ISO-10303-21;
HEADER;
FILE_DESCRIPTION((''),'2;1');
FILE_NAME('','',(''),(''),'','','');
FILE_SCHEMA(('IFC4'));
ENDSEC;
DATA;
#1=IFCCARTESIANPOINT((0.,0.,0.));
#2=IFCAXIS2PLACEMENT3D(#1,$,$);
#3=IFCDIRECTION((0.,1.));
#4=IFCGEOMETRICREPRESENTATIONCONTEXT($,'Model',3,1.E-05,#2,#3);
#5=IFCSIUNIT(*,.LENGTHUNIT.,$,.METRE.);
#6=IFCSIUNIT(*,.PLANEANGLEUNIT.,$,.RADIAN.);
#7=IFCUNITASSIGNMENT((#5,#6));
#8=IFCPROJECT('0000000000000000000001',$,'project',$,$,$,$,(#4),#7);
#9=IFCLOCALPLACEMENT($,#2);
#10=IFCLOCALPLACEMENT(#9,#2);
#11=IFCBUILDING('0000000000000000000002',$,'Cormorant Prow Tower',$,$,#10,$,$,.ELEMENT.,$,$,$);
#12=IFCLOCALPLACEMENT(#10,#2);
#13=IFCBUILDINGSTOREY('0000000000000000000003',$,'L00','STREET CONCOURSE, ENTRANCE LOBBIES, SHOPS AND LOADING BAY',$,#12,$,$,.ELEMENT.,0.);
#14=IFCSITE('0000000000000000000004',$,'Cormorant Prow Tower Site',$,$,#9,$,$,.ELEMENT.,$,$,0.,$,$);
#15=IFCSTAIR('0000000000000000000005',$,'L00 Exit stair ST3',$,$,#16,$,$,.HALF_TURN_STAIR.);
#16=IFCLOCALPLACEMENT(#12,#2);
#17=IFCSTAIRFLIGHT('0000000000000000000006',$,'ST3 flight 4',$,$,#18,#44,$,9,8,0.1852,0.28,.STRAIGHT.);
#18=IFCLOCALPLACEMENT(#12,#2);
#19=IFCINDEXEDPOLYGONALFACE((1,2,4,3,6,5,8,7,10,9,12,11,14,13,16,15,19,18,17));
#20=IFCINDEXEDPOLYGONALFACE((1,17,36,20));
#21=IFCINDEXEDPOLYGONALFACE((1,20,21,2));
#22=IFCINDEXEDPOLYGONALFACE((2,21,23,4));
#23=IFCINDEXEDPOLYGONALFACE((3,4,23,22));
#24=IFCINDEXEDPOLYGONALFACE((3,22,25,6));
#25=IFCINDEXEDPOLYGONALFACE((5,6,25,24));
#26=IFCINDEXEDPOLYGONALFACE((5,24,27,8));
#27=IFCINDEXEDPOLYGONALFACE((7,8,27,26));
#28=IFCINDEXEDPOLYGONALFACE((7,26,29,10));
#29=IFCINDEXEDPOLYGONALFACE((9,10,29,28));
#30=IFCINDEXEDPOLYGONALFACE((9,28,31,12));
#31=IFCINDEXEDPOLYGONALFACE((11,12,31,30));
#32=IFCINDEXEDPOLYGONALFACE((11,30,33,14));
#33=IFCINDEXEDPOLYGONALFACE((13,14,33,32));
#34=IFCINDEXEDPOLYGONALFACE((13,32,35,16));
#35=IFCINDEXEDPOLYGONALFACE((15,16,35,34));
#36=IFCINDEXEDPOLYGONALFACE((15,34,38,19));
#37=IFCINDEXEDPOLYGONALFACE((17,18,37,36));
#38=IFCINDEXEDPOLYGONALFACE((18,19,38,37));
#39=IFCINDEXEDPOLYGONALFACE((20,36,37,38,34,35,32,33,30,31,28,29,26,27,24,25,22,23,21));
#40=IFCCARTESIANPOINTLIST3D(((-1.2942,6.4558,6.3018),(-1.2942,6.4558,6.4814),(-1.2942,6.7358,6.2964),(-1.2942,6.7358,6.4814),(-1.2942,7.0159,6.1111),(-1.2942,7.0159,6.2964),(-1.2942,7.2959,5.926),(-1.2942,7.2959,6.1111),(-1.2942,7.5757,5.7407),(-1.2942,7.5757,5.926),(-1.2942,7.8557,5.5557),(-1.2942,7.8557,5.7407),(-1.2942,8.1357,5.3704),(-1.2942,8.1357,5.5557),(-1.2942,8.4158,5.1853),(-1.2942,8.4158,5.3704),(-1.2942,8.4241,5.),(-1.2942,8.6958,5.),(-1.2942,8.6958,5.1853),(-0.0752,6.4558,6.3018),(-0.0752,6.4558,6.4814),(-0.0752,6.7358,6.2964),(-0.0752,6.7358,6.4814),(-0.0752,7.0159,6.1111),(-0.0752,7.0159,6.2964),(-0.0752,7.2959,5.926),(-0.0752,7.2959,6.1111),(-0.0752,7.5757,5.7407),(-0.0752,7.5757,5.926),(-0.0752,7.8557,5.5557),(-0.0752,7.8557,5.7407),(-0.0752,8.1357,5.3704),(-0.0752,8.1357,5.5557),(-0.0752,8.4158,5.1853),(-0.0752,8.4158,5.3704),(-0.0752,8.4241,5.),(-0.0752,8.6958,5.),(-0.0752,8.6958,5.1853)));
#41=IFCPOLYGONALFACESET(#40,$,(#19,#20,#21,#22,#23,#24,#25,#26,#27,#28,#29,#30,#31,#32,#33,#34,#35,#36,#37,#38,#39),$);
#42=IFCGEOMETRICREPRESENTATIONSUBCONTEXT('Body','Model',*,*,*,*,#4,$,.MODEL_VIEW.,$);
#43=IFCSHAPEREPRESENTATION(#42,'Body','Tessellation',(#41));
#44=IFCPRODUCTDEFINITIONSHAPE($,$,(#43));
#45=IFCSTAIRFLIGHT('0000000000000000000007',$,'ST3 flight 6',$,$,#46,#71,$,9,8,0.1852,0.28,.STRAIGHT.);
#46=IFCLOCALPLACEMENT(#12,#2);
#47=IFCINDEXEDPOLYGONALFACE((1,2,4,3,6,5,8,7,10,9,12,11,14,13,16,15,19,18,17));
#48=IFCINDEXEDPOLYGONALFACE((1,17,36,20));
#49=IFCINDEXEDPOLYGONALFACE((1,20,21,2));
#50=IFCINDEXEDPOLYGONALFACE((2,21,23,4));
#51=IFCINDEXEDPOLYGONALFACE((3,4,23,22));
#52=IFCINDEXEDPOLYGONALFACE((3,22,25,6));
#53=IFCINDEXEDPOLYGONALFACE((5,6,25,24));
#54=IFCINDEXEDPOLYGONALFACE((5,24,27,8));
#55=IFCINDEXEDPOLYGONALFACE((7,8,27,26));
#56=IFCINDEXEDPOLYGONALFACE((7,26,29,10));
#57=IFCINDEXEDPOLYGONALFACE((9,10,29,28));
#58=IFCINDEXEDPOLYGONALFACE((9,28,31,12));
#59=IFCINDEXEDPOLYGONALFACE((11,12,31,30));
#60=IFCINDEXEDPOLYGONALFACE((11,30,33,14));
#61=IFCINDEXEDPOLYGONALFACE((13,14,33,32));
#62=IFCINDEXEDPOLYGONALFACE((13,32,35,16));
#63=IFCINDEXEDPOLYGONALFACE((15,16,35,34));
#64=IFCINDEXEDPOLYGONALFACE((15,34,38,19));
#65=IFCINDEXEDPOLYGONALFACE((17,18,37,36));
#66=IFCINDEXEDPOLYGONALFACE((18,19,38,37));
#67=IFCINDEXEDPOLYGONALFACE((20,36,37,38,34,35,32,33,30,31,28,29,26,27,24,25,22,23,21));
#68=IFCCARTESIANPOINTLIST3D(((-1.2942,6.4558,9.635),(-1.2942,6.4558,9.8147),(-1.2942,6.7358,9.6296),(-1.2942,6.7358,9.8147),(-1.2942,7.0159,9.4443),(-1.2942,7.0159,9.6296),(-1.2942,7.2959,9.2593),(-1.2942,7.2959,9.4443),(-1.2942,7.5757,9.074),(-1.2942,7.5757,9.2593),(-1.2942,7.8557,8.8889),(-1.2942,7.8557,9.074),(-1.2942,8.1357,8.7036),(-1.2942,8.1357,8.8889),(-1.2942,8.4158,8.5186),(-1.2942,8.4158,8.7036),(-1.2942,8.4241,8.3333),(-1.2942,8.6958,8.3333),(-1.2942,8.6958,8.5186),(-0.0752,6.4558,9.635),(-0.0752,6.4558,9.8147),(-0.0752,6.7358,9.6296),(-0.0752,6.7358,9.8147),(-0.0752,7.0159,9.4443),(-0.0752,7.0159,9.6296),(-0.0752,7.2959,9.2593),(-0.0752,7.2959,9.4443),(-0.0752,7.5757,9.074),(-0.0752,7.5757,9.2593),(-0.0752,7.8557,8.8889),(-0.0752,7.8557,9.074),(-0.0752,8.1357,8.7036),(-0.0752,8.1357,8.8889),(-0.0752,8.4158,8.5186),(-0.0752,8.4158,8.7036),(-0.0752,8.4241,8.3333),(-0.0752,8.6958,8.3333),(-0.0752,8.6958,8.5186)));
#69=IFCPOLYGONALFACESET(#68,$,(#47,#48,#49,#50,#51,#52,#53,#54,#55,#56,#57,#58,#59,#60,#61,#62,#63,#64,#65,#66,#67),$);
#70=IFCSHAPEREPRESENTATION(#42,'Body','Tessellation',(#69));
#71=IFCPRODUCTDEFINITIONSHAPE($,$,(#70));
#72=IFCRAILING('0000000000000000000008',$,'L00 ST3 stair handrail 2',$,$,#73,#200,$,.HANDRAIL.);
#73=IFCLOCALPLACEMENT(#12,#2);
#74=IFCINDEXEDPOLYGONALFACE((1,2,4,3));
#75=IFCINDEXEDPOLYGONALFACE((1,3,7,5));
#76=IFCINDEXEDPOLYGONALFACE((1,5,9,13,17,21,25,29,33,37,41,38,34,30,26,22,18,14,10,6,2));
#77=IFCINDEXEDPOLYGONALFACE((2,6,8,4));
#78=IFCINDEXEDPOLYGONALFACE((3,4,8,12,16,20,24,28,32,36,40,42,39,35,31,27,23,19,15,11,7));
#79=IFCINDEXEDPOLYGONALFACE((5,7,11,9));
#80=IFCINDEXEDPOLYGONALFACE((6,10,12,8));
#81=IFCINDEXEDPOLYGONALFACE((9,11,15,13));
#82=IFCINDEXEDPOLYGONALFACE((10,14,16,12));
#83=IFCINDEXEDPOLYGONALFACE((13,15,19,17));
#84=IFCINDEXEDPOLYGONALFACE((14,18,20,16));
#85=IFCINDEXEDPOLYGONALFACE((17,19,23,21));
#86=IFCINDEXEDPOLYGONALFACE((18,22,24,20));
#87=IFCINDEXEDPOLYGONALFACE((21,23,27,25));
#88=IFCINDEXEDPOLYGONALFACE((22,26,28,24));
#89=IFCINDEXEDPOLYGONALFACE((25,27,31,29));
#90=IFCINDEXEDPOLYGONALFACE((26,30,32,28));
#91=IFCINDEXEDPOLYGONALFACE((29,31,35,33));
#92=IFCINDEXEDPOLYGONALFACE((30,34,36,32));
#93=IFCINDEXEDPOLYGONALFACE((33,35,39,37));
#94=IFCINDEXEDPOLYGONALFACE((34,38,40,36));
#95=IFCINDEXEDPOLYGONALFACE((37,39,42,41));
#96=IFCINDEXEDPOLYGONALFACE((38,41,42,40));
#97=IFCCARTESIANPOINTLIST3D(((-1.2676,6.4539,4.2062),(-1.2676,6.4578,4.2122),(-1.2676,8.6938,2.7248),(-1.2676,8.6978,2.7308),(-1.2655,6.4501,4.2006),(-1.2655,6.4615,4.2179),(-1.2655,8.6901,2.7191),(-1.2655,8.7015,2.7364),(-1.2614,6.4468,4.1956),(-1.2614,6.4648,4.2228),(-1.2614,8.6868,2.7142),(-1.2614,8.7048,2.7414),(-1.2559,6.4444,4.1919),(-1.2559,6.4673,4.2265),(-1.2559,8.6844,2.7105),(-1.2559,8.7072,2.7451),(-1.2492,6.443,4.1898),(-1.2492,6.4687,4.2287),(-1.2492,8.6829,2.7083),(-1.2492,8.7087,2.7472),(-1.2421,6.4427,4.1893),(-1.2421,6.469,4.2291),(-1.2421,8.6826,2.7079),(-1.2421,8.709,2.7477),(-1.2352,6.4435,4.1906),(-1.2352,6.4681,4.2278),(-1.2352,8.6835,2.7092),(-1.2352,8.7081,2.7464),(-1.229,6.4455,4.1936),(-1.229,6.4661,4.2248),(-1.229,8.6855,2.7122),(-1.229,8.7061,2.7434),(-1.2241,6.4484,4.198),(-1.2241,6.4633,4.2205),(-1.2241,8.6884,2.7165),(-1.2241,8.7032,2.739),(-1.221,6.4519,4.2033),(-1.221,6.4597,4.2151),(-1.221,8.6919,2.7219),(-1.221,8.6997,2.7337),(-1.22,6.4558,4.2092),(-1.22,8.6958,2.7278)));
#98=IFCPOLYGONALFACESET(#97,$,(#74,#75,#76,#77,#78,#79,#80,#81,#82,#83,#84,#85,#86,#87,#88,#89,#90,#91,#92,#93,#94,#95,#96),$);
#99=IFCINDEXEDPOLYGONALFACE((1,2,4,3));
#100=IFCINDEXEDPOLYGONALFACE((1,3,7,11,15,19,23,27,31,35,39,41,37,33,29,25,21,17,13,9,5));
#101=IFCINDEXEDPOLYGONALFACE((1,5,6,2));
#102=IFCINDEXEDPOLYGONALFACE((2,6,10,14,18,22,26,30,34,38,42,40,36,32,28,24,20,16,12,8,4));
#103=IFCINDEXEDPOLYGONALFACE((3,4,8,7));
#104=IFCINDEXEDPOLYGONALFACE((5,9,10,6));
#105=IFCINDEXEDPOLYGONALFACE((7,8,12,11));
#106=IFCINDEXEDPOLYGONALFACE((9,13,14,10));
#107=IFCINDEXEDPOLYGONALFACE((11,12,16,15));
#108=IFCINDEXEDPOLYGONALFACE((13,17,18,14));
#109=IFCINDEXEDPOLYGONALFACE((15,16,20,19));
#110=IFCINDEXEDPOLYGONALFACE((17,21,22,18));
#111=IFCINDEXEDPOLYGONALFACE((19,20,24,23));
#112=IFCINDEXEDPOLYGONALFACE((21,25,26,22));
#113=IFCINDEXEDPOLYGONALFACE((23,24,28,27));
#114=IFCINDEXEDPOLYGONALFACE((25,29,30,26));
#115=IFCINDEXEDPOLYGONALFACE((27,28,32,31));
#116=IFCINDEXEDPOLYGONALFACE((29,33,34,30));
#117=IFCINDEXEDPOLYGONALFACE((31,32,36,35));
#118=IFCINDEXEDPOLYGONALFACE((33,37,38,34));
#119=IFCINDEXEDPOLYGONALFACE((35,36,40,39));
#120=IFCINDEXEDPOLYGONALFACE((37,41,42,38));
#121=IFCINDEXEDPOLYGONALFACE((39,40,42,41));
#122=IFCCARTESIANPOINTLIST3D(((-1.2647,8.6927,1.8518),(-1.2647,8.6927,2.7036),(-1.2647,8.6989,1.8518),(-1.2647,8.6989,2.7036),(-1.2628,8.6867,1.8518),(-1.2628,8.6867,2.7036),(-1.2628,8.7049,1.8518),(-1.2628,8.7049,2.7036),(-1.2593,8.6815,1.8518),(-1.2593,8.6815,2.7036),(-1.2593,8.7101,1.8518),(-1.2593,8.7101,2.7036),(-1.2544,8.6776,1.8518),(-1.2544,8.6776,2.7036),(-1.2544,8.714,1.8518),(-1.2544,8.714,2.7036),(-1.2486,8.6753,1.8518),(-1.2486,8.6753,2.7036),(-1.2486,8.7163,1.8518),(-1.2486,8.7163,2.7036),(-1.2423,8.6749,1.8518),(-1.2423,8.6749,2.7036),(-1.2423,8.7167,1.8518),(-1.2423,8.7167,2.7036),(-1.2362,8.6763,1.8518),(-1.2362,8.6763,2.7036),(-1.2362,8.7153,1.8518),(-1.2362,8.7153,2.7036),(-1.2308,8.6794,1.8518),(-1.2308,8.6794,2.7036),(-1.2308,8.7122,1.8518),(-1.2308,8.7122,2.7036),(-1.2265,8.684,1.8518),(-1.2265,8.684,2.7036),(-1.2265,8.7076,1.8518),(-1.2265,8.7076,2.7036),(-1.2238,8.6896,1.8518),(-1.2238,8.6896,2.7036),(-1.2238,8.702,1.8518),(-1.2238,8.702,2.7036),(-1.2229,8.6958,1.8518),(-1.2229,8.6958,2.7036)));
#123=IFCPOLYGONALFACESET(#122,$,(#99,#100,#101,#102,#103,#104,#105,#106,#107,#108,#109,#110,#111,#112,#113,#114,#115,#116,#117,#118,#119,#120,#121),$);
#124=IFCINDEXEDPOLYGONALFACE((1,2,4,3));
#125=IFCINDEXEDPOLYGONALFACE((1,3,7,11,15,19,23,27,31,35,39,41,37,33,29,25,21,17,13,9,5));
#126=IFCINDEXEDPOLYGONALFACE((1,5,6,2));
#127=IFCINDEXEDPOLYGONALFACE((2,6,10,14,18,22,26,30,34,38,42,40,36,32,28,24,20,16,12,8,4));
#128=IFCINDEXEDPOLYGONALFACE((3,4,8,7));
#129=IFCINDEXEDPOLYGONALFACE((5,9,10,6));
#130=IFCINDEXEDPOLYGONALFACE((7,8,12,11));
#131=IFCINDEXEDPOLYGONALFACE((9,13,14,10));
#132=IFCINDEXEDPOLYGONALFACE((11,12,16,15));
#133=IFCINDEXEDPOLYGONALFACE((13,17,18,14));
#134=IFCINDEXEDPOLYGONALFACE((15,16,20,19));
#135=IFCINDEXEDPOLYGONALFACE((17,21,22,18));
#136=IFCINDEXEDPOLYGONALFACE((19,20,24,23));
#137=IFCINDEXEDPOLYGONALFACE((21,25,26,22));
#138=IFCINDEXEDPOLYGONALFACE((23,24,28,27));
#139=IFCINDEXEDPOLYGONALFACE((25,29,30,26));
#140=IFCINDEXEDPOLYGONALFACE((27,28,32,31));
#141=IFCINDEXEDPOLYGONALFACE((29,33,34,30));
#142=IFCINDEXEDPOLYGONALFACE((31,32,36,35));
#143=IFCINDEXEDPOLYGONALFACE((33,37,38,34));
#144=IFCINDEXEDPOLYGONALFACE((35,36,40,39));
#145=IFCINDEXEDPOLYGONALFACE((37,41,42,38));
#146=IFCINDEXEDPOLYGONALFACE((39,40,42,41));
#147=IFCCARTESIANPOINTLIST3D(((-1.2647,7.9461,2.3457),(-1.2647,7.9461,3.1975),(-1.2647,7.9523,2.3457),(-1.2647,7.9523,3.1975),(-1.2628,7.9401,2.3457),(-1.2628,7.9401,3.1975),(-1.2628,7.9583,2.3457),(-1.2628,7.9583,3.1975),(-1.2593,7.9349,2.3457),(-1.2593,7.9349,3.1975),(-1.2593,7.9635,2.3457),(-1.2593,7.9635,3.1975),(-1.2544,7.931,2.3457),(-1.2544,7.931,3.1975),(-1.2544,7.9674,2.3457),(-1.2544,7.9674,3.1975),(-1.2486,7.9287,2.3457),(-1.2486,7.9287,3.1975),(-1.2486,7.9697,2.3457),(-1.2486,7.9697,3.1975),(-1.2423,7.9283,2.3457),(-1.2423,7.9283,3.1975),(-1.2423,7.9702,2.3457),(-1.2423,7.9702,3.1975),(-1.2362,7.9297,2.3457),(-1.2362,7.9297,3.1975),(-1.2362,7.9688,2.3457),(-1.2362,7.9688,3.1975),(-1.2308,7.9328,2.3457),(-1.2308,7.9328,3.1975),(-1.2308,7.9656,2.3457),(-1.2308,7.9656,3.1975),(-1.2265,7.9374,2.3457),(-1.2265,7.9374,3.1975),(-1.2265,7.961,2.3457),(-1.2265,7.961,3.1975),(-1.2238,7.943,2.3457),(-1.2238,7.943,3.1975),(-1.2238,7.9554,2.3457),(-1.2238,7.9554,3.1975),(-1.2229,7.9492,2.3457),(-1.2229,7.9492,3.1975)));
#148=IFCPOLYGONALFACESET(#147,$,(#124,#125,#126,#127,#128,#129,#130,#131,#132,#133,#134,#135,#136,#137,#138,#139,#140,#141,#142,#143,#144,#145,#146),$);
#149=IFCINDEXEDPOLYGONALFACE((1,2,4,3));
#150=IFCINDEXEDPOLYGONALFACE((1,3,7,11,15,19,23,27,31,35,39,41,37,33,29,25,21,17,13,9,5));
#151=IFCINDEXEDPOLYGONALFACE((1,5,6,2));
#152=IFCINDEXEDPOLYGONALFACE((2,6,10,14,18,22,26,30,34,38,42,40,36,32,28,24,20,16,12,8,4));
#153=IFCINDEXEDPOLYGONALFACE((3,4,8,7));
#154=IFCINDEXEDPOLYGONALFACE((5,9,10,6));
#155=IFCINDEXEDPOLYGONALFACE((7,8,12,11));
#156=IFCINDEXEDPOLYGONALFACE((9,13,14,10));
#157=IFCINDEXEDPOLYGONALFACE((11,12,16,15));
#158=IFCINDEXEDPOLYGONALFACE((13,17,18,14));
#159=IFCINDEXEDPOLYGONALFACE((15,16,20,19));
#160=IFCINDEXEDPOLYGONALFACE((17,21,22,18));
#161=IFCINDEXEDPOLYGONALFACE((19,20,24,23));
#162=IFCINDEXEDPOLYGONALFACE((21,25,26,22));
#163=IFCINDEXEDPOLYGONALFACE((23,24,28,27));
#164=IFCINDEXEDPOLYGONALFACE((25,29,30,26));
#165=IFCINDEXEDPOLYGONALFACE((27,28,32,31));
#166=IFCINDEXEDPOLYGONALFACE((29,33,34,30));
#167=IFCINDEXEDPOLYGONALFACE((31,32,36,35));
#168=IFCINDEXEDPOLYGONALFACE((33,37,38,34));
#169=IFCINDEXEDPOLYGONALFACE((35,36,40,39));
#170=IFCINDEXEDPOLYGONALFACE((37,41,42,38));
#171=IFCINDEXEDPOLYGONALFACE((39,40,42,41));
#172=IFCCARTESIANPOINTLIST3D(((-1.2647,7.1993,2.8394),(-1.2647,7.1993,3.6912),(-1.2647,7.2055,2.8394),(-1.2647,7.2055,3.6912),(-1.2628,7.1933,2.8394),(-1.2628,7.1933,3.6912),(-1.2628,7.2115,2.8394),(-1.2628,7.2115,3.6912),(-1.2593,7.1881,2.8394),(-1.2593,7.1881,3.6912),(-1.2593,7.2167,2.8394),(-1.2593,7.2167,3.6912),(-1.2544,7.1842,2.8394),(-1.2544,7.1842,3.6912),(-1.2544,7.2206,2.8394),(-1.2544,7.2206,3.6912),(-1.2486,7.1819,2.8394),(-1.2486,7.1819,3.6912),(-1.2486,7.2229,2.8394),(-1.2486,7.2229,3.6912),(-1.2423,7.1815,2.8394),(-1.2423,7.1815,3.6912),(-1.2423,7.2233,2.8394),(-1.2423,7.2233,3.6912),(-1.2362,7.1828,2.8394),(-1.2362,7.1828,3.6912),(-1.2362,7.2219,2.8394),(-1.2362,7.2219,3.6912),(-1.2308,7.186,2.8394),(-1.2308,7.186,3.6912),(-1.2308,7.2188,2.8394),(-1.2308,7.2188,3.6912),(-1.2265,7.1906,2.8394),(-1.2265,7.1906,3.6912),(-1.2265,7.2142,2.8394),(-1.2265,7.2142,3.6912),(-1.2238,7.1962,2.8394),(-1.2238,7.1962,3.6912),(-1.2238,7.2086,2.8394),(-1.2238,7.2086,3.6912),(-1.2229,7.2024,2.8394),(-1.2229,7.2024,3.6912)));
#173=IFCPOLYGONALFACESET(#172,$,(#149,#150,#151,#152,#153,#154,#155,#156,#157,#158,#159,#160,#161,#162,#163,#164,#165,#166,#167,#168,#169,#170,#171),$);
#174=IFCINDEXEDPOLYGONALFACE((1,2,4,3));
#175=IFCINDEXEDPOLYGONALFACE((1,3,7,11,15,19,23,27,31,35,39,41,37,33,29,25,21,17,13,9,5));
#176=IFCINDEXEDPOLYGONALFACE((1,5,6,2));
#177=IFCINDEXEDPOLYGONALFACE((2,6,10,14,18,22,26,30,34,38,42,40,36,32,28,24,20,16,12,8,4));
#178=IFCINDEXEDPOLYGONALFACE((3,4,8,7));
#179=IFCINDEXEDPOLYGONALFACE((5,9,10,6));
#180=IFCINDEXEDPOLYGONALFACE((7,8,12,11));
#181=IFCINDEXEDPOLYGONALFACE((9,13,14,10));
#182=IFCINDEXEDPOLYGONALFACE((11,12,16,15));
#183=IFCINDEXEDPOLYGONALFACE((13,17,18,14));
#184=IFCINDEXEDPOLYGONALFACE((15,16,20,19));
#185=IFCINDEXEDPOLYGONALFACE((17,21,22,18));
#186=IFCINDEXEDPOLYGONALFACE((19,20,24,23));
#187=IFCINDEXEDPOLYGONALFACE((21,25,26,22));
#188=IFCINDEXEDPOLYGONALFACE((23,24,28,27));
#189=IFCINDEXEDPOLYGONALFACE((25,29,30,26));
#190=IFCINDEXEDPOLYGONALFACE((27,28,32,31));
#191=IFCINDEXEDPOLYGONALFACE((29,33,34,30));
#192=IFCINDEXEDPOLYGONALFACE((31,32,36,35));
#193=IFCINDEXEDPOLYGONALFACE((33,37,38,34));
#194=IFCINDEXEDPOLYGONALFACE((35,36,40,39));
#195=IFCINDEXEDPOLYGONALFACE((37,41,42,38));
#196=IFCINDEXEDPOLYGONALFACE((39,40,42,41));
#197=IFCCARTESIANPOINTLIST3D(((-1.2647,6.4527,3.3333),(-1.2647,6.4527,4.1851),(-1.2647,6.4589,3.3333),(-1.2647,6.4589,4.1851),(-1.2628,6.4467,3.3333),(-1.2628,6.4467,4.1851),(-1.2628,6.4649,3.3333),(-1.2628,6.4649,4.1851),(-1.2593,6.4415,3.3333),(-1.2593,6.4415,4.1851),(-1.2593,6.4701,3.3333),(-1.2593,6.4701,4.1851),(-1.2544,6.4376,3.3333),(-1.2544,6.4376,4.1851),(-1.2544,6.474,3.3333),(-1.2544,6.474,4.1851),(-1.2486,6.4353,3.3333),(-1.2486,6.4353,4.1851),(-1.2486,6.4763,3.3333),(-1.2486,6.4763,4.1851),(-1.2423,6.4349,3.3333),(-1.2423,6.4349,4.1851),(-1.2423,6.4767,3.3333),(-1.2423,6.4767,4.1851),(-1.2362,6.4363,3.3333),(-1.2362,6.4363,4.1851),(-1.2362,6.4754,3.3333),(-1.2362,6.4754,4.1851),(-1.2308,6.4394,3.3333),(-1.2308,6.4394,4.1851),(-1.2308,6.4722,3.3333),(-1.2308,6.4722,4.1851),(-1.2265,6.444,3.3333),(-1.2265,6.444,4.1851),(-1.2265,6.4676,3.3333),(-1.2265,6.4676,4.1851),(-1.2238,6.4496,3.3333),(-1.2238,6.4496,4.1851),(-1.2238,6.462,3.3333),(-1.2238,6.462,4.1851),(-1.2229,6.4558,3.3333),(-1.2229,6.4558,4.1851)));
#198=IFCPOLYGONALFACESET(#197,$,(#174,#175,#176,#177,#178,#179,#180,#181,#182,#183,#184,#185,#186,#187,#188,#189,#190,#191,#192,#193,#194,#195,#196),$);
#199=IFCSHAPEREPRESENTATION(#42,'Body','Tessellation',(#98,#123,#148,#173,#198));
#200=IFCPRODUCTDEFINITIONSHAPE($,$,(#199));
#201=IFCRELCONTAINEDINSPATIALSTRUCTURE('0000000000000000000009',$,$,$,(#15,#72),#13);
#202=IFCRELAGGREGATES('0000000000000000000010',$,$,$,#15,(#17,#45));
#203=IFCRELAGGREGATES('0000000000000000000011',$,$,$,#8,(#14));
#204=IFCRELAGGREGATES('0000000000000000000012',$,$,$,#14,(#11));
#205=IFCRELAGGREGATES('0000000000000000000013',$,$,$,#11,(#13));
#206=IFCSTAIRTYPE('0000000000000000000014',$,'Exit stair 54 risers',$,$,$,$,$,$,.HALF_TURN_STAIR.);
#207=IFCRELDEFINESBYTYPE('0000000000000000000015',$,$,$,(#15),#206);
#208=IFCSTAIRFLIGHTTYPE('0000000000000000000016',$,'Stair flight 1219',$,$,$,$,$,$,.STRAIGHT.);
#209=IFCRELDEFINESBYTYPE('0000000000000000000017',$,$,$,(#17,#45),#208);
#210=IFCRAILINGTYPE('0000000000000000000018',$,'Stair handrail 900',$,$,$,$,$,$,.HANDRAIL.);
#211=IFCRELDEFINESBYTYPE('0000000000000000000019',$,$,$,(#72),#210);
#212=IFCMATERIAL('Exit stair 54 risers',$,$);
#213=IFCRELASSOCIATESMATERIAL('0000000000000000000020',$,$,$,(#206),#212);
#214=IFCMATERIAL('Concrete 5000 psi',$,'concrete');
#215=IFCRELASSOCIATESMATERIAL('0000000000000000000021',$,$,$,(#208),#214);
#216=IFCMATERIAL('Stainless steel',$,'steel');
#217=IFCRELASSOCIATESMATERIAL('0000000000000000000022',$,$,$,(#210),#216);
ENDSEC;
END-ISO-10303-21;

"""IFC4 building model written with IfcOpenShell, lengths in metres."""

from ifc_helpers import new_model, si_unit, direction, frame, origin, origin_2d, place, context, subcontext, project, spatial, polyline, circle, outline, extrude, material, type_object, element, aggregate, save


model = new_model("IFC4")

# Units and contexts
model_context = context("Model", 3, precision=1e-05, world=origin(), true_north=direction((0.0, 1.0)))
body_context = subcontext(model_context, "Body", "Model", "MODEL_VIEW")
ifc_project = project(units=[si_unit("LENGTHUNIT", "METRE"), si_unit("PLANEANGLEUNIT", "RADIAN")], contexts=[model_context])

# Site, building, storey
site_placement = place(None, origin())
site = spatial("IfcSite", under=ifc_project, at=site_placement, Name="Cormorant Prow Tower Site", CompositionType="ELEMENT", RefElevation=0.0)
building_placement = place(site_placement, origin())
building = spatial("IfcBuilding", under=site, at=building_placement, Name="Cormorant Prow Tower", CompositionType="ELEMENT")
storey_placement = place(building_placement, origin())
storey = spatial("IfcBuildingStorey", under=building, at=storey_placement, Name="L00", Description="STREET CONCOURSE, ENTRANCE LOBBIES, SHOPS AND LOADING BAY", CompositionType="ELEMENT", Elevation=0.0)

# Stair, stair flights
ifc_material_1 = material(Name="Exit stair 54 risers")
stair_type = type_object("IfcStairType", Name="Exit stair 54 risers", PredefinedType="HALF_TURN_STAIR", material=ifc_material_1)
stair_placement = place(storey_placement, origin())
stair = element("IfcStair", 1, at=stair_placement, inside=storey, type_object=stair_type, Name="L00 Exit stair ST3", PredefinedType="HALF_TURN_STAIR")
ifc_material_2 = material(Name="Concrete 5000 psi", Category="concrete")
stair_flight_type = type_object("IfcStairFlightType", Name="Stair flight 1219", PredefinedType="STRAIGHT", material=ifc_material_2)
stair_flight_1_placement = place(storey_placement, frame((-0.6846, 8.6958, 5.0), z_axis=(0.0, 0.0, 1.0), x_axis=(0.0, -1.0, 0.0)))
stair_flight_1 = element("IfcStairFlight", 2, at=stair_flight_1_placement, type_object=stair_flight_type, Name="ST3 flight 4", NumberOfRisers=9, NumberOfTreads=8, PredefinedType="STRAIGHT", RiserHeight=0.1852, TreadLength=0.28, context=body_context, shape_type="SweptSolid", body=[
    extrude(outline(polyline([(0.0, 0.0), (0.0, 0.1853), (0.28, 0.1853), (0.28, 0.3704), (0.5601, 0.3704), (0.5601, 0.5557), (0.8401, 0.5557), (0.8401, 0.7407), (1.1201, 0.7407), (1.1201, 0.926), (1.3999, 0.926), (1.3999, 1.1111), (1.6799, 1.1111), (1.6799, 1.2964), (1.96, 1.2964), (1.96, 1.4814), (2.24, 1.4814), (2.24, 1.6667), (2.24, 1.3018), (0.2717, 0.0), (0.0, 0.0)])), frame((0.0, 0.6094, 0.0), z_axis=(0.0, -1.0, 0.0), x_axis=(1.0, 0.0, 0.0)), (0.0, 0.0, 1.0), 1.219),
])
stair_flight_2_placement = place(storey_placement, frame((-0.6846, 8.6958, 8.3333), z_axis=(0.0, 0.0, 1.0), x_axis=(0.0, -1.0, 0.0)))
stair_flight_2 = element("IfcStairFlight", 3, at=stair_flight_2_placement, type_object=stair_flight_type, Name="ST3 flight 6", NumberOfRisers=9, NumberOfTreads=8, PredefinedType="STRAIGHT", RiserHeight=0.1852, TreadLength=0.28, context=body_context, shape_type="SweptSolid", body=[
    extrude(outline(polyline([(0.0, 0.0), (0.0, 0.1853), (0.28, 0.1853), (0.28, 0.3704), (0.5601, 0.3704), (0.5601, 0.5557), (0.8401, 0.5557), (0.8401, 0.7407), (1.1201, 0.7407), (1.1201, 0.926), (1.3999, 0.926), (1.3999, 1.1111), (1.6799, 1.1111), (1.6799, 1.2964), (1.96, 1.2964), (1.96, 1.4814), (2.24, 1.4814), (2.24, 1.6667), (2.24, 1.3018), (0.2717, 0.0), (0.0, 0.0)])), frame((0.0, 0.6094, 0.0), z_axis=(0.0, -1.0, 0.0), x_axis=(1.0, 0.0, 0.0)), (0.0, 0.0, 1.0), 1.219),
])
aggregate(stair, [stair_flight_1, stair_flight_2])

# Railing
ifc_material_3 = material(Name="Stainless steel", Category="steel")
railing_type = type_object("IfcRailingType", Name="Stair handrail 900", PredefinedType="HANDRAIL", material=ifc_material_3)
for number, where, name in (
    (4, (-1.2439, 8.6958, 1.8518), "L00 ST3 stair handrail 2"),
):
    element("IfcRailing", number, at=place(storey_placement, frame(where)), inside=storey, type_object=railing_type, Name=name, PredefinedType="HANDRAIL", context=body_context, shape_type="SweptSolid", body=[
        extrude(circle(Radius=0.0239, at=origin_2d()), frame((0.0, 0.0, 0.876), z_axis=(0.0, -0.834087, 0.551634), x_axis=(1.0, 0.0, 0.0)), (0.0, 0.0, 1.0), 2.6855),
        extrude(circle(Radius=0.021, at=origin_2d()), origin(), (0.0, 0.0, 1.0), 0.8518),
        extrude(circle(Radius=0.021, at=origin_2d()), frame((0.0, -0.7466, 0.4939)), (0.0, 0.0, 1.0), 0.8518),
        extrude(circle(Radius=0.021, at=origin_2d()), frame((0.0, -1.4934, 0.9875)), (0.0, 0.0, 1.0), 0.8518),
        extrude(circle(Radius=0.021, at=origin_2d()), frame((0.0, -2.24, 1.4814)), (0.0, 0.0, 1.0), 0.8518),
    ])

save(model, "model.ifc")
